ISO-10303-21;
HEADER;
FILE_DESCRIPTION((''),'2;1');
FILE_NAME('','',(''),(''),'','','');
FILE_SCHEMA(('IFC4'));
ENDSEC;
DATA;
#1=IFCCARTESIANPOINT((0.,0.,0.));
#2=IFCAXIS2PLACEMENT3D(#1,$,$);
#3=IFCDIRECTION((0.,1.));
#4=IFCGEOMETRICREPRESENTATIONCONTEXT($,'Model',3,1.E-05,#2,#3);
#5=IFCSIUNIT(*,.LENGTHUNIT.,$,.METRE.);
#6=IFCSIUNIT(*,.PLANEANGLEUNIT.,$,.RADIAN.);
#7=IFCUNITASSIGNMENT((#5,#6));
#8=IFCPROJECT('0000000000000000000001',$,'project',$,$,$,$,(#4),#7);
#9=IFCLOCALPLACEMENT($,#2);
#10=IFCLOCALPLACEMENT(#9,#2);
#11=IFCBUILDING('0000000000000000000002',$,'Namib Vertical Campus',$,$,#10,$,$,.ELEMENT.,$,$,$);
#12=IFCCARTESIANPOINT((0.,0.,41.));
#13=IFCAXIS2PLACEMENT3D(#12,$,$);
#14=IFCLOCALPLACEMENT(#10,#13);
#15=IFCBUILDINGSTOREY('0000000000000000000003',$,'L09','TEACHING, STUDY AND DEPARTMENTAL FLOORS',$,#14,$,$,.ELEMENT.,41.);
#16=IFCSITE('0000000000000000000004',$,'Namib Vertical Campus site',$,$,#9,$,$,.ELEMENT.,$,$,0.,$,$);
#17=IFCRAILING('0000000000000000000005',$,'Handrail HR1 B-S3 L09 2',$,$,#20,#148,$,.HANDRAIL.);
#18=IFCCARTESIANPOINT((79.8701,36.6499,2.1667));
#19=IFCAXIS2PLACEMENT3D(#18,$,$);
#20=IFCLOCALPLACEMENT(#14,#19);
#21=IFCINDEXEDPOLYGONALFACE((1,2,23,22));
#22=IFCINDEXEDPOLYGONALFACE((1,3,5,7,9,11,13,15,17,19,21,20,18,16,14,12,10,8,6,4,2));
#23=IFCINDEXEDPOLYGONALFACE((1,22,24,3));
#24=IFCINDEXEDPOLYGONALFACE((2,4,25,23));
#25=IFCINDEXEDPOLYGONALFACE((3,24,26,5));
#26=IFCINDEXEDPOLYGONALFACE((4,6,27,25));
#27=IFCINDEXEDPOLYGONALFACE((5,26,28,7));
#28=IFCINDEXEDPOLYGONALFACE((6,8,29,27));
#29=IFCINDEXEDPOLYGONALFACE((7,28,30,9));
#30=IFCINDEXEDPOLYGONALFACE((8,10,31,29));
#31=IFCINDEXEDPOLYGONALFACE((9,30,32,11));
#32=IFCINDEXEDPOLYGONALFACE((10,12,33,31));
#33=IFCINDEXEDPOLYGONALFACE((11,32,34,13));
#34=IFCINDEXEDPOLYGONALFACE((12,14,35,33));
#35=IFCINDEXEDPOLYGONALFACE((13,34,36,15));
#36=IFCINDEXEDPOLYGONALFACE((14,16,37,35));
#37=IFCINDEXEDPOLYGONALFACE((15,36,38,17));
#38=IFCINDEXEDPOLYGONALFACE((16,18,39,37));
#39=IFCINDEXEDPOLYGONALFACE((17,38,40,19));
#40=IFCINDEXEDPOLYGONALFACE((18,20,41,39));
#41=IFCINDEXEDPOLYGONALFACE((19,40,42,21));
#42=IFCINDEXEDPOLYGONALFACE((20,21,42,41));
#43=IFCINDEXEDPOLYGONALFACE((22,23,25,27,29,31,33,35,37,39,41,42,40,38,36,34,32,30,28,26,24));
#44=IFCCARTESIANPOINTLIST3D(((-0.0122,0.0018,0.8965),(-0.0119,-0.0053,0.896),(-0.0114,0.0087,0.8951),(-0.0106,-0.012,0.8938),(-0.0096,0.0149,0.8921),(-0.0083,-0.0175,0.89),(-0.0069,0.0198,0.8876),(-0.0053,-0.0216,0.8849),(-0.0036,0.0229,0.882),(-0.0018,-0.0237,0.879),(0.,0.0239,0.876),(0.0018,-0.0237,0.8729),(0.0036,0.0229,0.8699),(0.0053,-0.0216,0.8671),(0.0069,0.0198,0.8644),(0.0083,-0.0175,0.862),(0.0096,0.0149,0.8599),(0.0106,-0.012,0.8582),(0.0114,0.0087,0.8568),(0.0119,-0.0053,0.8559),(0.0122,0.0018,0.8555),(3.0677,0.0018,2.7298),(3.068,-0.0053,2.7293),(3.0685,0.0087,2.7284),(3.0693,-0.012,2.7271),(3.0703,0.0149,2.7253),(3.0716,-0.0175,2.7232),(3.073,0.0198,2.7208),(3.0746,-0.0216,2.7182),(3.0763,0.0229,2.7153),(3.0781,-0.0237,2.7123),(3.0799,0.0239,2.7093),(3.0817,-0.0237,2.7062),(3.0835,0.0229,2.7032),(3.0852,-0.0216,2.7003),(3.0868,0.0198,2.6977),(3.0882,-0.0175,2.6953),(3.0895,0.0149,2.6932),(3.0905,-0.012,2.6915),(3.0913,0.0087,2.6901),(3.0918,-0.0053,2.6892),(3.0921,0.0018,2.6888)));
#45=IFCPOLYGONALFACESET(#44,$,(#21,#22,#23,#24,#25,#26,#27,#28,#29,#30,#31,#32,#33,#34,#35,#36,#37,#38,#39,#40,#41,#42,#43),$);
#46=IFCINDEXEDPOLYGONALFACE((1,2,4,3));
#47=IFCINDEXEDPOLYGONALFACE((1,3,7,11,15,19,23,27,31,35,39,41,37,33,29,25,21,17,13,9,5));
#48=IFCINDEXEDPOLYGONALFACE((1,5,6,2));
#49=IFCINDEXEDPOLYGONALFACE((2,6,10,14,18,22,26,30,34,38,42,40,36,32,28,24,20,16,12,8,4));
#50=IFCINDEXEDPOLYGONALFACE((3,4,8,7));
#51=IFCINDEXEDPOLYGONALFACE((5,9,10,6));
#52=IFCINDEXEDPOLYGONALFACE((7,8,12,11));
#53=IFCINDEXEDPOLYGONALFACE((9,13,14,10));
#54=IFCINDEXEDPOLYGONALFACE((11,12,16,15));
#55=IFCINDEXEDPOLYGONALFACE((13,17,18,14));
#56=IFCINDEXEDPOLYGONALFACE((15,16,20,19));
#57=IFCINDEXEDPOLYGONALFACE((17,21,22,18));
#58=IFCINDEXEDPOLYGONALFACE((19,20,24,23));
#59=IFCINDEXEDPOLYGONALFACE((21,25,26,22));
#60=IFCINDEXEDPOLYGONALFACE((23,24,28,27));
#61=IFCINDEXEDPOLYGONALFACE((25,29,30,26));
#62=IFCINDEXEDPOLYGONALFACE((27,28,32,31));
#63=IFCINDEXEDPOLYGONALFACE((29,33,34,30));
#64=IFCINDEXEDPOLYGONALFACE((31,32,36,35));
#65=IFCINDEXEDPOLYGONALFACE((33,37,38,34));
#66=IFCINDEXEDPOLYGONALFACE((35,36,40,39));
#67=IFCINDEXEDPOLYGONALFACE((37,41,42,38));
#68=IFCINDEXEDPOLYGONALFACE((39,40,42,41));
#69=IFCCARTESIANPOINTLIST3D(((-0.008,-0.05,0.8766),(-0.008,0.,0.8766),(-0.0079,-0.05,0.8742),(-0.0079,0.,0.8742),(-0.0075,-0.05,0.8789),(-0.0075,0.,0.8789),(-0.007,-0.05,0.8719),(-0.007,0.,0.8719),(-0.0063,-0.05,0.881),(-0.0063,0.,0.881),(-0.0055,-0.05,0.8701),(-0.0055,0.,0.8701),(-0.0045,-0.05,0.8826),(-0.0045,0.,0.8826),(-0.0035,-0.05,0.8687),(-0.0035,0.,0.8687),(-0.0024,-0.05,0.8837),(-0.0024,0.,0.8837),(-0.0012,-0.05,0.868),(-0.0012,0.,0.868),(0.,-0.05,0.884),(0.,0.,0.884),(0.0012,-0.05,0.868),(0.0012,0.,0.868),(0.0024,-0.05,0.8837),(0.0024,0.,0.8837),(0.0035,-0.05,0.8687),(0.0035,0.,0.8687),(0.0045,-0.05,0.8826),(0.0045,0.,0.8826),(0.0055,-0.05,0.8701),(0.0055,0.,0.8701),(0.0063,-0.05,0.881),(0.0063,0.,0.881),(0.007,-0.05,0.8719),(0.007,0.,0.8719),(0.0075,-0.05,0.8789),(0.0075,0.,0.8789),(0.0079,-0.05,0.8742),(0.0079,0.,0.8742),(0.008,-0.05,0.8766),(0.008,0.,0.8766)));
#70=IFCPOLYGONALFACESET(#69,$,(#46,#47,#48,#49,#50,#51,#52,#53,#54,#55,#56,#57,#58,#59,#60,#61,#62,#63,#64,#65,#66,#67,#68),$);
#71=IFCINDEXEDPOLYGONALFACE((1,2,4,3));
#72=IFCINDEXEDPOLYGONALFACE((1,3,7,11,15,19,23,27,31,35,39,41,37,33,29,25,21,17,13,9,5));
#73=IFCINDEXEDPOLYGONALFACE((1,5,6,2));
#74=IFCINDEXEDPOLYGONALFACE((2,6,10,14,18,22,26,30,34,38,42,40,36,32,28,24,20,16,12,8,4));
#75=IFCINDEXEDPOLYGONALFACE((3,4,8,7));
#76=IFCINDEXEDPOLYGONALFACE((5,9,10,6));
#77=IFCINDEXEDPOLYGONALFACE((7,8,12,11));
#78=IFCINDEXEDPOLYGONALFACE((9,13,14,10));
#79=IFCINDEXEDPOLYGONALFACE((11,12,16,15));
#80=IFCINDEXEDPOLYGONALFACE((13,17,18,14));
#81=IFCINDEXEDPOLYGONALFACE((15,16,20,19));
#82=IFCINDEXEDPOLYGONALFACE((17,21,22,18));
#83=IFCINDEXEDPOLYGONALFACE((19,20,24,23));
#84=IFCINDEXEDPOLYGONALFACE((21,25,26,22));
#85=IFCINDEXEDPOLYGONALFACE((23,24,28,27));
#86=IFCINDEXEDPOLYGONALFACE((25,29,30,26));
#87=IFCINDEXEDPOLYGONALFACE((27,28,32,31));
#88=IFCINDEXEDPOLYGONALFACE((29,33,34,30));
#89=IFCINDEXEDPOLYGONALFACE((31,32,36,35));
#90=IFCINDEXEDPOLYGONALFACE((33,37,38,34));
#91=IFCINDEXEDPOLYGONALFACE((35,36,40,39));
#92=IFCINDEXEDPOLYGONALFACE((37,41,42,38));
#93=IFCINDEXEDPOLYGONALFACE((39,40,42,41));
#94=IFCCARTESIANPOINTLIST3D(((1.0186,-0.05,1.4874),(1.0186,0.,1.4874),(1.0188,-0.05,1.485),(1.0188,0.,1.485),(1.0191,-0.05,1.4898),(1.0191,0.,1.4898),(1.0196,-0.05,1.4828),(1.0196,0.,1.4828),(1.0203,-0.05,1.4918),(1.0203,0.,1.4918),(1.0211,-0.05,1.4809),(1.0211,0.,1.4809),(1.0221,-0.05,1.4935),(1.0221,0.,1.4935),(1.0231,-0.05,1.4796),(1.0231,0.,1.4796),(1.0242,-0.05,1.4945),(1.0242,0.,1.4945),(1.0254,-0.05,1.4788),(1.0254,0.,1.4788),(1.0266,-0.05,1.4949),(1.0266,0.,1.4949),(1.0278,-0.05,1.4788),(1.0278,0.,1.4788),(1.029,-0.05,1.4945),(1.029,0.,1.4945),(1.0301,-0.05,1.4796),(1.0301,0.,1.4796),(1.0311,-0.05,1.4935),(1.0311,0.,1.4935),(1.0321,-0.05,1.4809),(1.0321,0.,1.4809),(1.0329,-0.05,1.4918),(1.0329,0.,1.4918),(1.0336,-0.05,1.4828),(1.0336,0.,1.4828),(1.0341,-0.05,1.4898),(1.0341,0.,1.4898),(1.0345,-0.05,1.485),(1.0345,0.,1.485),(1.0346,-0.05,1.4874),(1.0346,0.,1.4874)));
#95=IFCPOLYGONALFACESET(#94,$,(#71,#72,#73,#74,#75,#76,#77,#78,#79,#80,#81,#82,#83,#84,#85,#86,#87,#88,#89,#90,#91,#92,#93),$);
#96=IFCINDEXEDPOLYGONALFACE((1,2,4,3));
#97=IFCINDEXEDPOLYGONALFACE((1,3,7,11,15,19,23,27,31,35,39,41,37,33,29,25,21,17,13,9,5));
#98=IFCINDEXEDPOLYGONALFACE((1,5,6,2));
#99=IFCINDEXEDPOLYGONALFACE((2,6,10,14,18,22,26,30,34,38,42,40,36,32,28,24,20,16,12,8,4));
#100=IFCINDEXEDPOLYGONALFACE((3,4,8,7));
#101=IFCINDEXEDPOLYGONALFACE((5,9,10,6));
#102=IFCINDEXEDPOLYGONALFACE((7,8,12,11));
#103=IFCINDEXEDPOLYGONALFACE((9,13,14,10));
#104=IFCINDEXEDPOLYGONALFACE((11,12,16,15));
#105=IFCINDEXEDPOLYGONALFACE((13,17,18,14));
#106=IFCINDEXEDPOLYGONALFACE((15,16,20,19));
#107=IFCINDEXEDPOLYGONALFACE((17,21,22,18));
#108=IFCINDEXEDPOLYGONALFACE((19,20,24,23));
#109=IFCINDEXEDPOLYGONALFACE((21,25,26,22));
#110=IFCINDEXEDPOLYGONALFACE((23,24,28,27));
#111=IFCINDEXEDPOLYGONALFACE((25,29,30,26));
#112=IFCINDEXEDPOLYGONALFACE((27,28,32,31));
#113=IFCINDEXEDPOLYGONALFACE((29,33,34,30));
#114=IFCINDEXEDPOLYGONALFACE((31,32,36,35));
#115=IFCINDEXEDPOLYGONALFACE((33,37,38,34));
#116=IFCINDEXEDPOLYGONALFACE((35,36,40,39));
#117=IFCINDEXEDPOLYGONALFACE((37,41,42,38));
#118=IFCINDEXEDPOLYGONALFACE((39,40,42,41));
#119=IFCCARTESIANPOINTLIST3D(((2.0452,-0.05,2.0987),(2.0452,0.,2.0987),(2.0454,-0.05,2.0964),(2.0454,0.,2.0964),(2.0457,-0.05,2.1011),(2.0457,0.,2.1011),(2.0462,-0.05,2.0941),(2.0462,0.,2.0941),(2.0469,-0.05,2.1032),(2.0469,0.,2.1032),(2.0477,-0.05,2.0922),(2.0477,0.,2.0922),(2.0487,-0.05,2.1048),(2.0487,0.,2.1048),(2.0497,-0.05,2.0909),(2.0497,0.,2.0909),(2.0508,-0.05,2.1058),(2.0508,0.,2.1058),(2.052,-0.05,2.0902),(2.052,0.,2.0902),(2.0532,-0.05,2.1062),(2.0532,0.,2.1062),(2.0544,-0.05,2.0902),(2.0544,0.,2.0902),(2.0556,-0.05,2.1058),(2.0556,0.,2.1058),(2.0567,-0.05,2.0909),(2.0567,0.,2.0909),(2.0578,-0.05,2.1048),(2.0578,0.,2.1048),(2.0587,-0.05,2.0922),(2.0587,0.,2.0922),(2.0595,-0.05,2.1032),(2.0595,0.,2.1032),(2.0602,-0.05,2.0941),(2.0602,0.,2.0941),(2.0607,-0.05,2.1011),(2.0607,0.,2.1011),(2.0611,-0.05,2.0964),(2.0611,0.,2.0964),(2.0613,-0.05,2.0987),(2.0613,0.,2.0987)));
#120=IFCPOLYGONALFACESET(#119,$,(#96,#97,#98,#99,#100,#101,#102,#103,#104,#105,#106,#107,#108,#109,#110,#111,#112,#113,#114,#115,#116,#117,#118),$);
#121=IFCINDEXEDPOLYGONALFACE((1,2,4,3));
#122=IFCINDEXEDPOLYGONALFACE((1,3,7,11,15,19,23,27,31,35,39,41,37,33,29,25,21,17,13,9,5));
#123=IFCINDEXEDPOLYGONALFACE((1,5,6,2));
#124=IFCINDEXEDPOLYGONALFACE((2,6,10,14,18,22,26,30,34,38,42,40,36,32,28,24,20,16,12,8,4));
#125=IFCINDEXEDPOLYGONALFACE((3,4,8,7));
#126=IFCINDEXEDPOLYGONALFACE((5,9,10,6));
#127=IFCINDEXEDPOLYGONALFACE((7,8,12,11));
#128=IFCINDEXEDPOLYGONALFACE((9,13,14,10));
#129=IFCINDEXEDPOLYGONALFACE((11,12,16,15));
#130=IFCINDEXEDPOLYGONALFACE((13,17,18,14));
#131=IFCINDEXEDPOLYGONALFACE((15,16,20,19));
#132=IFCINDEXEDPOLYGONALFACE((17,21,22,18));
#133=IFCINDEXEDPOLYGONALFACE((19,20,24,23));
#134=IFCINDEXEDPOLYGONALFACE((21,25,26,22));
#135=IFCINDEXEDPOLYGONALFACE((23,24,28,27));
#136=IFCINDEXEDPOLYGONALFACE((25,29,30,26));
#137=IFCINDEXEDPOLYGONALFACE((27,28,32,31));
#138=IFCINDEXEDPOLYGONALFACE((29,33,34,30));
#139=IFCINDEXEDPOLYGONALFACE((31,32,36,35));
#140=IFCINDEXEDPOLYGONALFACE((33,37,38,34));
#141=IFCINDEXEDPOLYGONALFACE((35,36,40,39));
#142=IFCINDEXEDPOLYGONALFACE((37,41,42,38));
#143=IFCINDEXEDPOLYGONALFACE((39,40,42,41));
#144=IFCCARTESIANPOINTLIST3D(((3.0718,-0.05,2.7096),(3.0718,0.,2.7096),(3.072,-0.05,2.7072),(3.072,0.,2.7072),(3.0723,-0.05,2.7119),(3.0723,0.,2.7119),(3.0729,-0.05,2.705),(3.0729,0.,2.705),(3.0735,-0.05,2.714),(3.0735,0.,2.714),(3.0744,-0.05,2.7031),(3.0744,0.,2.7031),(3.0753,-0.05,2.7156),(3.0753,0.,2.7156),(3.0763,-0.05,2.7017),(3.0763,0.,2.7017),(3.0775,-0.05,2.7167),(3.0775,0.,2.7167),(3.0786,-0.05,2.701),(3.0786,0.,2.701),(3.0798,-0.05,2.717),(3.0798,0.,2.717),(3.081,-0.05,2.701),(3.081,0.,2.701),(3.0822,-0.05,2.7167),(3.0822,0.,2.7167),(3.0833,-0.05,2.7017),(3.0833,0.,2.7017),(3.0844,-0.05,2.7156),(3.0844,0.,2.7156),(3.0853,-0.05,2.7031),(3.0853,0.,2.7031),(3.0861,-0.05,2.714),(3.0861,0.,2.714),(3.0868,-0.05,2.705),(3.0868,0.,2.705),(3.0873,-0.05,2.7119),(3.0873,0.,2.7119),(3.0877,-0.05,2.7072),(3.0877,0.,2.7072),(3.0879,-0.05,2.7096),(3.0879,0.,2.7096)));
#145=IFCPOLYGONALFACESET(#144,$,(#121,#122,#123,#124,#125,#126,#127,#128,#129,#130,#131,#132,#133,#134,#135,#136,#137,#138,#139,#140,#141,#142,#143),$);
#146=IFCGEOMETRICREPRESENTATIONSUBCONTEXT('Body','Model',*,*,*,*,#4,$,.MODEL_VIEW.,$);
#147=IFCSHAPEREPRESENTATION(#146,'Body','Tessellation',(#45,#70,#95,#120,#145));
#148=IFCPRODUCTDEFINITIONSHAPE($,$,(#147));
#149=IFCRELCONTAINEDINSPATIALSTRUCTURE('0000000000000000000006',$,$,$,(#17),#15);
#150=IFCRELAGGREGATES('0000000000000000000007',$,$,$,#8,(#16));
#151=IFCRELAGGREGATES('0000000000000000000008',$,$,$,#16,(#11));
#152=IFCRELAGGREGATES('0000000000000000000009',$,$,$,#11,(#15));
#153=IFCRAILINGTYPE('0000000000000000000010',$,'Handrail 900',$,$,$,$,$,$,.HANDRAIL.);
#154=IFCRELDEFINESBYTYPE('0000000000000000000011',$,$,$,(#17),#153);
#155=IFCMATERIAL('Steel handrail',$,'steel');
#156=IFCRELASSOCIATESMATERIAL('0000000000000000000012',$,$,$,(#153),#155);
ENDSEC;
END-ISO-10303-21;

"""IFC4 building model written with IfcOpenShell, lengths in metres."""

from ifc_helpers import new_model, si_unit, direction, frame, origin, origin_2d, place, context, subcontext, project, spatial, circle, extrude, material, type_object, element, save


model = new_model("IFC4")

# Units and contexts
model_context = context("Model", 3, precision=1e-05, world=origin(), true_north=direction((0.0, 1.0)))
body_context = subcontext(model_context, "Body", "Model", "MODEL_VIEW")
ifc_project = project(units=[si_unit("LENGTHUNIT", "METRE"), si_unit("PLANEANGLEUNIT", "RADIAN")], contexts=[model_context])

# Site, building, storey
site_placement = place(None, origin())
site = spatial("IfcSite", under=ifc_project, at=site_placement, Name="Namib Vertical Campus site", CompositionType="ELEMENT", RefElevation=0.0)
building_placement = place(site_placement, origin())
building = spatial("IfcBuilding", under=site, at=building_placement, Name="Namib Vertical Campus", CompositionType="ELEMENT")
storey_placement = place(building_placement, frame((0.0, 0.0, 41.0)))
storey = spatial("IfcBuildingStorey", under=building, at=storey_placement, Name="L09", Description="TEACHING, STUDY AND DEPARTMENTAL FLOORS", CompositionType="ELEMENT", Elevation=41.0)

# Railing
ifc_material_1 = material(Name="Steel handrail", Category="steel")
railing_type = type_object("IfcRailingType", Name="Handrail 900", PredefinedType="HANDRAIL", material=ifc_material_1)
railing_placement = place(storey_placement, frame((79.8701, 36.6499, 2.1667)))
element("IfcRailing", 1, at=railing_placement, inside=storey, type_object=railing_type, Name="Handrail HR1 B-S3 L09 2", PredefinedType="HANDRAIL", context=body_context, shape_type="SweptSolid", body=[
    extrude(circle(Radius=0.0239, at=origin_2d()), frame((0.0, 0.0, 0.876), z_axis=(0.859291, 0.0, 0.511487), x_axis=(0.0, 1.0, 0.0)), (0.0, 0.0, 1.0), 3.5842),
    extrude(circle(Radius=0.0081, at=origin_2d()), frame((0.0, 0.0, 0.876), z_axis=(0.0, -1.0, 0.0), x_axis=(0.0, 0.0, 1.0)), (0.0, 0.0, 1.0), 0.05),
    extrude(circle(Radius=0.0081, at=origin_2d()), frame((1.0266, 0.0, 1.4868), z_axis=(0.0, -1.0, 0.0), x_axis=(0.0, 0.0, 1.0)), (0.0, 0.0, 1.0), 0.05),
    extrude(circle(Radius=0.0081, at=origin_2d()), frame((2.0532, 0.0, 2.0981), z_axis=(0.0, -1.0, 0.0), x_axis=(0.0, 0.0, 1.0)), (0.0, 0.0, 1.0), 0.05),
    extrude(circle(Radius=0.0081, at=origin_2d()), frame((3.0798, 0.0, 2.709), z_axis=(0.0, -1.0, 0.0), x_axis=(0.0, 0.0, 1.0)), (0.0, 0.0, 1.0), 0.05),
])

save(model, "model.ifc")
